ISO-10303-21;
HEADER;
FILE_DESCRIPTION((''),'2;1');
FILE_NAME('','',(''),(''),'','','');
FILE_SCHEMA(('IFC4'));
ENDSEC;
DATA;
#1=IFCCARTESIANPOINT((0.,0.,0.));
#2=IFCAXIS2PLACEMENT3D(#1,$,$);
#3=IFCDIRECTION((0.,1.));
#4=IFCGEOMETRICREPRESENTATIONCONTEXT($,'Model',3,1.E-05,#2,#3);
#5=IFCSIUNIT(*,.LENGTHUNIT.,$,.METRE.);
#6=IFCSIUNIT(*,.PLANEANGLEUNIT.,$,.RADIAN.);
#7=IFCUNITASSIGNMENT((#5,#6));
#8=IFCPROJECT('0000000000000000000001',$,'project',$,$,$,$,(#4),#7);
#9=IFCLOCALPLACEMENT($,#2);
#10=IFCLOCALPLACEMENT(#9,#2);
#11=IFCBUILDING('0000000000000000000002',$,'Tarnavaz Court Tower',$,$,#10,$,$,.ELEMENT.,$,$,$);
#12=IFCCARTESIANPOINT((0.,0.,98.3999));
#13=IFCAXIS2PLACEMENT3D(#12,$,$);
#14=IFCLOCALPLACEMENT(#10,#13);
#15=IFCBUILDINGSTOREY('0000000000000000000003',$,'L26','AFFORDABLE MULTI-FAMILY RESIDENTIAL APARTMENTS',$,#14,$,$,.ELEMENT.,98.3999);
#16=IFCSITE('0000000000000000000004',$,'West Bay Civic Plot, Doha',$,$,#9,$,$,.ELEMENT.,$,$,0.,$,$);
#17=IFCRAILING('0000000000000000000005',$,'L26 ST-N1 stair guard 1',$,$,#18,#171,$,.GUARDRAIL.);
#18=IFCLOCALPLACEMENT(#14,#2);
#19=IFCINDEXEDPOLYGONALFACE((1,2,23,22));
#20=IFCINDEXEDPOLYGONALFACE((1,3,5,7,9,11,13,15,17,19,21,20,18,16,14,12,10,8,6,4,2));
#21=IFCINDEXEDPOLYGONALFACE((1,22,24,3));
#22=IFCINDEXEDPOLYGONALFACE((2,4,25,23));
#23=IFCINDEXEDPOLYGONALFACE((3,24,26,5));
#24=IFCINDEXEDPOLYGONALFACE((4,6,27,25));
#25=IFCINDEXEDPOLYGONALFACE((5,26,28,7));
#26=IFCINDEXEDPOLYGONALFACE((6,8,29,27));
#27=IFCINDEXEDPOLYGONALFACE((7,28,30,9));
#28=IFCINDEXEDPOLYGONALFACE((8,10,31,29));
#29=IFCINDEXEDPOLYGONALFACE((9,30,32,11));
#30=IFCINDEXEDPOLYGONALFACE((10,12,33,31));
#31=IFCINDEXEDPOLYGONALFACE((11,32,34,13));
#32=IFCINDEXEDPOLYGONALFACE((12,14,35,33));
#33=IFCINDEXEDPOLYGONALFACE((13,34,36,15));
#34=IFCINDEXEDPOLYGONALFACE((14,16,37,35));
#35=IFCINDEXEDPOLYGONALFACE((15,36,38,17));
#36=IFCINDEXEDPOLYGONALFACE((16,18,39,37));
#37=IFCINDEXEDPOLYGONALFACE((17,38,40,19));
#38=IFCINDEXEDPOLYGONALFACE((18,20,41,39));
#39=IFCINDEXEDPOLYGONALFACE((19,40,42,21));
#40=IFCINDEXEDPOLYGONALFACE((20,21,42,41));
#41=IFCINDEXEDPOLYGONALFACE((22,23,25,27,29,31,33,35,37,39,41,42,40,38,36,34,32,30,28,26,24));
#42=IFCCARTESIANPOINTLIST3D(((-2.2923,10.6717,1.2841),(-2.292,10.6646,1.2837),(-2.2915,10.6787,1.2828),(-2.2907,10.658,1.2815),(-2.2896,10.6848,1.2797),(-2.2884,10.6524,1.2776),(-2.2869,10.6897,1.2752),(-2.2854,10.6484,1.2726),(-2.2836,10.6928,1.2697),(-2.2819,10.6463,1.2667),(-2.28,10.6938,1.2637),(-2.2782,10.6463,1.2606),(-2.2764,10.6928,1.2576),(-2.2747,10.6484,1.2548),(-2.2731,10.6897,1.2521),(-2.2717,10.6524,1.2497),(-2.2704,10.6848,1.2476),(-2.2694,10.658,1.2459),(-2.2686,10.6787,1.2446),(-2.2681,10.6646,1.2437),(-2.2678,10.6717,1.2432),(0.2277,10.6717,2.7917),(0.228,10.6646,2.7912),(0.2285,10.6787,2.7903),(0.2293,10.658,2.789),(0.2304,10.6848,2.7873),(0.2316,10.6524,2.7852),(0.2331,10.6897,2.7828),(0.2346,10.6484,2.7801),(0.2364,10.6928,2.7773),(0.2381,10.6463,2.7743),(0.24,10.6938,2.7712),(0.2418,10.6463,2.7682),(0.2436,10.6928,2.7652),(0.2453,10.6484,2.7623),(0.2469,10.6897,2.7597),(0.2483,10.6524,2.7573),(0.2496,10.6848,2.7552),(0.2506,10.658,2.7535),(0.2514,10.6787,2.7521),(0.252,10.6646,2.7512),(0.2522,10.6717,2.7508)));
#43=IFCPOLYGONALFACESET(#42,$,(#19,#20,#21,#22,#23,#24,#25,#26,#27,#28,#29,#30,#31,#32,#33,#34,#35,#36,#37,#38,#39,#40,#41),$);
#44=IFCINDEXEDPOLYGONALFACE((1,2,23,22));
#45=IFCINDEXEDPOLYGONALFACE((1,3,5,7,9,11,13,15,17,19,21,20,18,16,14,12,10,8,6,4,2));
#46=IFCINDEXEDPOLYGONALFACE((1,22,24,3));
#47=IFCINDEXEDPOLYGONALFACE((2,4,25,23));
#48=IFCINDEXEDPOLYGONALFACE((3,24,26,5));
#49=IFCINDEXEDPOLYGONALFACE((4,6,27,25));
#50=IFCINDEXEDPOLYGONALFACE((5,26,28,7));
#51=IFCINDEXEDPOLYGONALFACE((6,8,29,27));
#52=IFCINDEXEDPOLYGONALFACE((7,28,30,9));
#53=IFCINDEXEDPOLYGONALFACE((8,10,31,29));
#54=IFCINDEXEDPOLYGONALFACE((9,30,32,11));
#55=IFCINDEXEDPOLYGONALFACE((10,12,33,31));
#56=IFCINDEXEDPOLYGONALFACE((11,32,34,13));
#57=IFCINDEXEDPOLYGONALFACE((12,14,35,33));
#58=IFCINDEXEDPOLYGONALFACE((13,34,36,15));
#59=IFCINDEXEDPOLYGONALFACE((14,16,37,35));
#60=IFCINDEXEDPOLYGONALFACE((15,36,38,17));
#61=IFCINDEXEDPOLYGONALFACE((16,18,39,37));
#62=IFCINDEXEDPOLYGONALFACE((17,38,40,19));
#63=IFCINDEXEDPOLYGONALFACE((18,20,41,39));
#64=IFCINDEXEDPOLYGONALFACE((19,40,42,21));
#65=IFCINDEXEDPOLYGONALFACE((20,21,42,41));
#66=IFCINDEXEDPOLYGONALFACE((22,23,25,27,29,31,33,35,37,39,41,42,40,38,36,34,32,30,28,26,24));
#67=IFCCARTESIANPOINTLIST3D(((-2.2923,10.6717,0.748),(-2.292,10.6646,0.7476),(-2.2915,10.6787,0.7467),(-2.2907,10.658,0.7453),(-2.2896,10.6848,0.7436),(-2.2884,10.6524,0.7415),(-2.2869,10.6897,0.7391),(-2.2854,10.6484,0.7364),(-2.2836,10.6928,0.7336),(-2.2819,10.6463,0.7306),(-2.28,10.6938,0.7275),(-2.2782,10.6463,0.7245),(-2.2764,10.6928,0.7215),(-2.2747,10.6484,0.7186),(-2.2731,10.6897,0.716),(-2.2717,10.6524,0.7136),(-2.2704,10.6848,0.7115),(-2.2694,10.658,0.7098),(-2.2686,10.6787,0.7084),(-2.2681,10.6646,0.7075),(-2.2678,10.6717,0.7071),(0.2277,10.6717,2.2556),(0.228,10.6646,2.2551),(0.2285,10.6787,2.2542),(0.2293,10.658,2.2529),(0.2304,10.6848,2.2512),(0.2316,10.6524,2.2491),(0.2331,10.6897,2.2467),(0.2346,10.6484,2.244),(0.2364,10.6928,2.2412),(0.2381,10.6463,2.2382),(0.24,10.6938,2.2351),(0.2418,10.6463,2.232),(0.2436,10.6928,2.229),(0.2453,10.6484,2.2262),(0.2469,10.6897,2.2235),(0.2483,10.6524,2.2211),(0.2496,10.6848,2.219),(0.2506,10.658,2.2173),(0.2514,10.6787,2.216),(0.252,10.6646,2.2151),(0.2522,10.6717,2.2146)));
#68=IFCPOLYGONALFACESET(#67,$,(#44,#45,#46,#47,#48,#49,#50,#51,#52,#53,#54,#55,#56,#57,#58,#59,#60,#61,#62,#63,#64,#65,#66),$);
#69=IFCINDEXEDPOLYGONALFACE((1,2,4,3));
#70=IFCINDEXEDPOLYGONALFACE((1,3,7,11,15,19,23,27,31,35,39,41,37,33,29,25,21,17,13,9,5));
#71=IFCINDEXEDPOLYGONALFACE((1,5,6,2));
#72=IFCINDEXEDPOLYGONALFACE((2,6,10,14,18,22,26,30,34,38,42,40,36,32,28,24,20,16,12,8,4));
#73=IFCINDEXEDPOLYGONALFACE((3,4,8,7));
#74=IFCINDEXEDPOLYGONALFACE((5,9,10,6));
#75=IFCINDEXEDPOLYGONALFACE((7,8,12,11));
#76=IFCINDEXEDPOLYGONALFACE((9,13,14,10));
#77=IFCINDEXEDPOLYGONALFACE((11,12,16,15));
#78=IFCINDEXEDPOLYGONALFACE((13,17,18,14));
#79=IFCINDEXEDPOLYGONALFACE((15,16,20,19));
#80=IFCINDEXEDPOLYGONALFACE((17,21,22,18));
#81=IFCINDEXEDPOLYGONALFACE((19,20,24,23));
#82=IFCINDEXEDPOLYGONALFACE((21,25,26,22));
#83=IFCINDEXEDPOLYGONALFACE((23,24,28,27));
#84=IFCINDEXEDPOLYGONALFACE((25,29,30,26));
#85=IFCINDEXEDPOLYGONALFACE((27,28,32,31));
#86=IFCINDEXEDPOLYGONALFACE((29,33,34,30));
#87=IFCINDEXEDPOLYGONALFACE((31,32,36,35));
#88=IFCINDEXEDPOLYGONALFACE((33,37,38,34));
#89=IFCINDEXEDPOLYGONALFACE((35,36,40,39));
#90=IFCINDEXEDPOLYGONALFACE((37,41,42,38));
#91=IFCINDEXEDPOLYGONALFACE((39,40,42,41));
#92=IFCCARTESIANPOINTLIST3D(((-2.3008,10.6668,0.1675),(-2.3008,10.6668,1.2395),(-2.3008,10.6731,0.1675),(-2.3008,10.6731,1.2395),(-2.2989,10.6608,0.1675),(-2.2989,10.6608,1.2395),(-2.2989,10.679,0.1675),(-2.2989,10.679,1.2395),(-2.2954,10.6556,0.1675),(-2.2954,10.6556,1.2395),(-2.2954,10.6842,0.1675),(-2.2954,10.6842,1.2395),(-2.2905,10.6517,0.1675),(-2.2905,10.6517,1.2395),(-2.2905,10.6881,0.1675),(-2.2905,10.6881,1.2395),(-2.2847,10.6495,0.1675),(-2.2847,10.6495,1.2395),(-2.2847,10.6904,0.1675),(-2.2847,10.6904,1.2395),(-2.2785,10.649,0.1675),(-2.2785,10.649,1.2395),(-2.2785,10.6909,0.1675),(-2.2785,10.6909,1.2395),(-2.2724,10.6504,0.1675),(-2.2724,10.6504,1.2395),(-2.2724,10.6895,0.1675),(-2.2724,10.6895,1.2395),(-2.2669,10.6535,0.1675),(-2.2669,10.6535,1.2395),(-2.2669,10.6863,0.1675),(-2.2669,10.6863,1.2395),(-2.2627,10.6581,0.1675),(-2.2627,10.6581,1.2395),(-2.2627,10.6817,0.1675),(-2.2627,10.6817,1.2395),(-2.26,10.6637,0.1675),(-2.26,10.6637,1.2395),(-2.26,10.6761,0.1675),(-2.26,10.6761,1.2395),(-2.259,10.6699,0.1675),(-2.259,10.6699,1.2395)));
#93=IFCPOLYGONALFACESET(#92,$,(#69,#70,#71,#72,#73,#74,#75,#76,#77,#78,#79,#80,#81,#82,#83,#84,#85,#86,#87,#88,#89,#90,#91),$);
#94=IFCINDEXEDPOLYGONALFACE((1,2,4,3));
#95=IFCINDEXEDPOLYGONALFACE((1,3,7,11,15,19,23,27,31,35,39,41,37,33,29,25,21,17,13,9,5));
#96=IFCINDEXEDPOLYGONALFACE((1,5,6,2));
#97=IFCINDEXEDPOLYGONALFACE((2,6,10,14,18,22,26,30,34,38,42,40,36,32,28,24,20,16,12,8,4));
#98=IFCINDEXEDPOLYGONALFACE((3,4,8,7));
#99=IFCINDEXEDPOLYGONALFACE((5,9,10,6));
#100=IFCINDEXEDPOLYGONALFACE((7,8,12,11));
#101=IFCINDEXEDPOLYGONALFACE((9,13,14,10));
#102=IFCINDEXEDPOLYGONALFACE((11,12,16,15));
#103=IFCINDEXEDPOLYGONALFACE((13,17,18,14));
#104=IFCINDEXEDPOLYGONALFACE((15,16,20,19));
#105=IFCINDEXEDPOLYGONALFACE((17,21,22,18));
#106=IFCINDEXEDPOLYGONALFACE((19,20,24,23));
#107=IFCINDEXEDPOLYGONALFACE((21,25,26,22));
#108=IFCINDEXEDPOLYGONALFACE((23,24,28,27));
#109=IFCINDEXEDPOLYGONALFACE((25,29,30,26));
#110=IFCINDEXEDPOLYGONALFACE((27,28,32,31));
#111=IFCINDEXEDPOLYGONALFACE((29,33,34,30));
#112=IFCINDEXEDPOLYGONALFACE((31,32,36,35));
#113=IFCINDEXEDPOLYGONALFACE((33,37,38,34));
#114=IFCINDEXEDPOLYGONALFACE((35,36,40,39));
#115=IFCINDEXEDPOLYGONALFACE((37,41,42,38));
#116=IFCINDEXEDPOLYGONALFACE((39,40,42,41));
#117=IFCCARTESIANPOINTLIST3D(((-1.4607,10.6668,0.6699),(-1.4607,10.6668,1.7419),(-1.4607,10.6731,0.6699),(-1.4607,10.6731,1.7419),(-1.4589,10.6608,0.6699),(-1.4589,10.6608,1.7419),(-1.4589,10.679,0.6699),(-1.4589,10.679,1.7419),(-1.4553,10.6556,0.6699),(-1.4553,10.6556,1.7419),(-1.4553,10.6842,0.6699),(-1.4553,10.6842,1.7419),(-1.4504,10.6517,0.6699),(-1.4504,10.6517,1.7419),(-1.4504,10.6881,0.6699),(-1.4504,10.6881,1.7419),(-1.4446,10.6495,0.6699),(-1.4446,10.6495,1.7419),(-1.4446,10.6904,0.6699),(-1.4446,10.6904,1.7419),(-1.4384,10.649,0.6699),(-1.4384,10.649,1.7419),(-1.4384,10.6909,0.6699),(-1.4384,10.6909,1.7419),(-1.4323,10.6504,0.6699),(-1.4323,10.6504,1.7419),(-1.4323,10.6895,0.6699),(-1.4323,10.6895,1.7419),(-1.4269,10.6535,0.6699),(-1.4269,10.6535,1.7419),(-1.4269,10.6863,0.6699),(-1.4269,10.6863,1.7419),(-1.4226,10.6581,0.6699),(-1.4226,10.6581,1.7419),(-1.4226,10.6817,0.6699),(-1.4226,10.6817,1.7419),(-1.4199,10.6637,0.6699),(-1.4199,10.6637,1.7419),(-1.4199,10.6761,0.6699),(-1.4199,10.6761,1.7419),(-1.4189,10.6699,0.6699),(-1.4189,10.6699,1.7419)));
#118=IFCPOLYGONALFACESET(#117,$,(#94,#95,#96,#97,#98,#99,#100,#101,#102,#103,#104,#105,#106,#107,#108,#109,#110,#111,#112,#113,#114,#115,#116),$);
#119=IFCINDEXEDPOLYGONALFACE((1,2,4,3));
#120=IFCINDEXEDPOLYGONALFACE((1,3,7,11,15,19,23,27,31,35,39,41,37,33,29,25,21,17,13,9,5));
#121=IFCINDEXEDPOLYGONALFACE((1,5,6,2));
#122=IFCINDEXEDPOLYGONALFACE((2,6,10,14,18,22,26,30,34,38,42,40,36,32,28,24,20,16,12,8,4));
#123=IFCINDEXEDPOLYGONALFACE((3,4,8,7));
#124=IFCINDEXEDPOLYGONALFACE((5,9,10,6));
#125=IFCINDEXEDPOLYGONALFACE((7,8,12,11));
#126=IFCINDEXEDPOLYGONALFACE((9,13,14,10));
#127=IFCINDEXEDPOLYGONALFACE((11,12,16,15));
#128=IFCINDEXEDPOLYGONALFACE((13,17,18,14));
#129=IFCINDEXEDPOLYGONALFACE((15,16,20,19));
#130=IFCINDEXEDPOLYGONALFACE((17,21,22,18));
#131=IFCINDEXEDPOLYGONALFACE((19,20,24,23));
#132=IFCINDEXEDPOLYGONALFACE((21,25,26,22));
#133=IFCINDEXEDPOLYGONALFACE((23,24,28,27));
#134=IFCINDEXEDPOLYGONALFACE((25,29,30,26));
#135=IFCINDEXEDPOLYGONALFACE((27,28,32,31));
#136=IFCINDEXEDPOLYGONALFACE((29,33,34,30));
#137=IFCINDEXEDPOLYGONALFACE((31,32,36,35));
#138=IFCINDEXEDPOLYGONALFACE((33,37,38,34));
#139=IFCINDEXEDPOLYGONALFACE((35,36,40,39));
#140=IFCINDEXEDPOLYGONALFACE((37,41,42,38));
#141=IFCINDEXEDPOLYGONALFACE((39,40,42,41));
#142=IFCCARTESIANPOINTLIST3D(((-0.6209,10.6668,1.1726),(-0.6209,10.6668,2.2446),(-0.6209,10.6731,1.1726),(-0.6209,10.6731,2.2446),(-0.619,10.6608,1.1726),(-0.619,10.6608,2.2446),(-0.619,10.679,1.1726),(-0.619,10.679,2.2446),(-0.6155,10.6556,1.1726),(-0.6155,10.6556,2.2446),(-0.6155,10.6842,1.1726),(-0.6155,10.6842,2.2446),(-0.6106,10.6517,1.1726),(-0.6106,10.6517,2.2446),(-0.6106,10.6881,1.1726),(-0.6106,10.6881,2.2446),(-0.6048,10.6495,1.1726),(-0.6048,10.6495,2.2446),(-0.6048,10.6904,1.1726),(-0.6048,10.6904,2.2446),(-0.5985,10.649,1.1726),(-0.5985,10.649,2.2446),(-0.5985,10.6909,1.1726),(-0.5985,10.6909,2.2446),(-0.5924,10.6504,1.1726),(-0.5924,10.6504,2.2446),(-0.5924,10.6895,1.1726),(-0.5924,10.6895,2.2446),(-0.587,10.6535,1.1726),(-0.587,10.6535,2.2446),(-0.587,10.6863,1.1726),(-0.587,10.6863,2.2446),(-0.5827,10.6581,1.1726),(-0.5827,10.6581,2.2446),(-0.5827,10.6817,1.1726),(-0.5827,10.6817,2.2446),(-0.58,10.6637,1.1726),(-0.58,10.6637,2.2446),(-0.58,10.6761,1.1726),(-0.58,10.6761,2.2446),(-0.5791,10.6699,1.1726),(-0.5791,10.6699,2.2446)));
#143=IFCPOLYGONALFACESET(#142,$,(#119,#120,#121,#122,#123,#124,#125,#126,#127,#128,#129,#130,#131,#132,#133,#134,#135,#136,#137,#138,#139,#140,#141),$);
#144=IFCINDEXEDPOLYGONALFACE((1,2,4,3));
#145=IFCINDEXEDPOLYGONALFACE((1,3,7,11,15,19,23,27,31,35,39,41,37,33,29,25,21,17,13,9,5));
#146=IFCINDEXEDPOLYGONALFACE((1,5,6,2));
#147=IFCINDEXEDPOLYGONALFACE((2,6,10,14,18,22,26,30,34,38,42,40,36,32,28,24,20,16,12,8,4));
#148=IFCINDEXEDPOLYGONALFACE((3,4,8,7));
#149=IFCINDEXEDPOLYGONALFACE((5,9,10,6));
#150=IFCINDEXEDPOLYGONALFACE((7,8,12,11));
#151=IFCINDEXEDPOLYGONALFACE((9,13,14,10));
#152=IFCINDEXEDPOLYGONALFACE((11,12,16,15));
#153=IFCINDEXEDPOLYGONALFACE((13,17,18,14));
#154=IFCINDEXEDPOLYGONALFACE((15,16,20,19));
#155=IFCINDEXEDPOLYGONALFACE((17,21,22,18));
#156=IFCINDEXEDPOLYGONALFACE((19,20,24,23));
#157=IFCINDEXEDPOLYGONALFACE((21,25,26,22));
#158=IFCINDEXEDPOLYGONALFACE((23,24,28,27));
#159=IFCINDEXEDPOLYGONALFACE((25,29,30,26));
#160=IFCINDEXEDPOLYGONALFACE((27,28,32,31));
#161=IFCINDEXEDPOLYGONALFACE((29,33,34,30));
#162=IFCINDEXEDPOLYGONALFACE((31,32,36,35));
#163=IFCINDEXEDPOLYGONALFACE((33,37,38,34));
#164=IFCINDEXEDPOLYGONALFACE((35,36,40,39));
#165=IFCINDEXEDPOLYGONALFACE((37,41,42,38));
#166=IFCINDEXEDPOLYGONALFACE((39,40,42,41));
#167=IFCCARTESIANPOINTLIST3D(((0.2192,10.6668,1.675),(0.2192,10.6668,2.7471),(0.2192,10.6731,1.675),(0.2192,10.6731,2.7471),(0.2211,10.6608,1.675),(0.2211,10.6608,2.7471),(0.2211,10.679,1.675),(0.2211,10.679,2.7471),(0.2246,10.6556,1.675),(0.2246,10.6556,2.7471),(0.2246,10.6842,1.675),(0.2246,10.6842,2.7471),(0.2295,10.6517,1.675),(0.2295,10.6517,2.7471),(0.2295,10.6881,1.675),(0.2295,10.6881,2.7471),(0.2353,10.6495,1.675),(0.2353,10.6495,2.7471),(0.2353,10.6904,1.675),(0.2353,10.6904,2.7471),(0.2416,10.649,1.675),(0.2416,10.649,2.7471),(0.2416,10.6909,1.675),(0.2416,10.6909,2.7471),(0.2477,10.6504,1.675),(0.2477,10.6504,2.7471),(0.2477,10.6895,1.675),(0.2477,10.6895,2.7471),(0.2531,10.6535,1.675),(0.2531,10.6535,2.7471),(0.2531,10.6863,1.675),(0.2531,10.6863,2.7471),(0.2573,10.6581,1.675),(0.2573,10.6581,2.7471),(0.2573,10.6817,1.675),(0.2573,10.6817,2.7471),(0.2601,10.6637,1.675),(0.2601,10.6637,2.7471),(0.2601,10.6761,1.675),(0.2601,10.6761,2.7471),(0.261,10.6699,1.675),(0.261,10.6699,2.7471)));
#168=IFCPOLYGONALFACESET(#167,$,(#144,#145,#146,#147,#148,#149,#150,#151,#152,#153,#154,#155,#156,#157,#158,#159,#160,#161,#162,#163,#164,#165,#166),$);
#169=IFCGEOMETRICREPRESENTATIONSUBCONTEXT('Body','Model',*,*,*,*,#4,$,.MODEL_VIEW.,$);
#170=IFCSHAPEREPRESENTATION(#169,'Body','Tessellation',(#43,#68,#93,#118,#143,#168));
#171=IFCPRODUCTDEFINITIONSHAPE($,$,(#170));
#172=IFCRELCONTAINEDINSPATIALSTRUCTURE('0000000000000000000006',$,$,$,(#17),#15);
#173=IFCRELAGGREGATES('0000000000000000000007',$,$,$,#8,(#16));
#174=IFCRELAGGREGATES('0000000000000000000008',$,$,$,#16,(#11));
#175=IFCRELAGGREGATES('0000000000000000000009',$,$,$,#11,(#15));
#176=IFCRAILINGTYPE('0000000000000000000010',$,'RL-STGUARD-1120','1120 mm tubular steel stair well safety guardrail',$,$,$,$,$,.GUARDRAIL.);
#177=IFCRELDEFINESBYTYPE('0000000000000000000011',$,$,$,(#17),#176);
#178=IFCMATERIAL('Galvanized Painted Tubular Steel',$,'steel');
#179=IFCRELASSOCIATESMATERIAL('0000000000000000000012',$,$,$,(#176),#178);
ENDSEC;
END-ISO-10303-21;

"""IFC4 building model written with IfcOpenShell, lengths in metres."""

from ifc_helpers import new_model, si_unit, direction, frame, origin, origin_2d, place, context, subcontext, project, spatial, circle, extrude, material, type_object, element, save


model = new_model("IFC4")

# Units and contexts
model_context = context("Model", 3, precision=1e-05, world=origin(), true_north=direction((0.0, 1.0)))
body_context = subcontext(model_context, "Body", "Model", "MODEL_VIEW")
ifc_project = project(units=[si_unit("LENGTHUNIT", "METRE"), si_unit("PLANEANGLEUNIT", "RADIAN")], contexts=[model_context])

# Site, building, storey
site_placement = place(None, origin())
site = spatial("IfcSite", under=ifc_project, at=site_placement, Name="West Bay Civic Plot, Doha", CompositionType="ELEMENT", RefElevation=0.0)
building_placement = place(site_placement, origin())
building = spatial("IfcBuilding", under=site, at=building_placement, Name="Tarnavaz Court Tower", CompositionType="ELEMENT")
storey_placement = place(building_placement, frame((0.0, 0.0, 98.3999)))
storey = spatial("IfcBuildingStorey", under=building, at=storey_placement, Name="L26", Description="AFFORDABLE MULTI-FAMILY RESIDENTIAL APARTMENTS", CompositionType="ELEMENT", Elevation=98.3999)

# Railing
ifc_material_1 = material(Name="Galvanized Painted Tubular Steel", Category="steel")
railing_type_1 = type_object("IfcRailingType", Name="RL-STGUARD-1120", Description="1120 mm tubular steel stair well safety guardrail", PredefinedType="GUARDRAIL", material=ifc_material_1)
railing_1_placement = place(storey_placement, frame((-2.28, 10.6699, 0.1675)))
element("IfcRailing", 1, at=railing_1_placement, inside=storey, type_object=railing_type_1, Name="L26 ST-N1 stair guard 1", PredefinedType="GUARDRAIL", context=body_context, shape_type="SweptSolid", body=[
    extrude(circle(Radius=0.0239, at=origin_2d()), frame((0.0, 0.0, 1.0962), z_axis=(0.85816, 0.0, 0.513383), x_axis=(0.0, 1.0, 0.0)), (0.0, 0.0, 1.0), 2.9365),
    extrude(circle(Radius=0.0239, at=origin_2d()), frame((0.0, 0.0, 0.5601), z_axis=(0.85816, 0.0, 0.513383), x_axis=(0.0, 1.0, 0.0)), (0.0, 0.0, 1.0), 2.9365),
    extrude(circle(Radius=0.021, at=origin_2d()), origin(), (0.0, 0.0, 1.0), 1.072),
    extrude(circle(Radius=0.021, at=origin_2d()), frame((0.8401, 0.0, 0.5024)), (0.0, 0.0, 1.0), 1.072),
    extrude(circle(Radius=0.021, at=origin_2d()), frame((1.6799, 0.0, 1.0051)), (0.0, 0.0, 1.0), 1.072),
    extrude(circle(Radius=0.021, at=origin_2d()), frame((2.52, 0.0, 1.5076)), (0.0, 0.0, 1.0), 1.072),
])

save(model, "model.ifc")
